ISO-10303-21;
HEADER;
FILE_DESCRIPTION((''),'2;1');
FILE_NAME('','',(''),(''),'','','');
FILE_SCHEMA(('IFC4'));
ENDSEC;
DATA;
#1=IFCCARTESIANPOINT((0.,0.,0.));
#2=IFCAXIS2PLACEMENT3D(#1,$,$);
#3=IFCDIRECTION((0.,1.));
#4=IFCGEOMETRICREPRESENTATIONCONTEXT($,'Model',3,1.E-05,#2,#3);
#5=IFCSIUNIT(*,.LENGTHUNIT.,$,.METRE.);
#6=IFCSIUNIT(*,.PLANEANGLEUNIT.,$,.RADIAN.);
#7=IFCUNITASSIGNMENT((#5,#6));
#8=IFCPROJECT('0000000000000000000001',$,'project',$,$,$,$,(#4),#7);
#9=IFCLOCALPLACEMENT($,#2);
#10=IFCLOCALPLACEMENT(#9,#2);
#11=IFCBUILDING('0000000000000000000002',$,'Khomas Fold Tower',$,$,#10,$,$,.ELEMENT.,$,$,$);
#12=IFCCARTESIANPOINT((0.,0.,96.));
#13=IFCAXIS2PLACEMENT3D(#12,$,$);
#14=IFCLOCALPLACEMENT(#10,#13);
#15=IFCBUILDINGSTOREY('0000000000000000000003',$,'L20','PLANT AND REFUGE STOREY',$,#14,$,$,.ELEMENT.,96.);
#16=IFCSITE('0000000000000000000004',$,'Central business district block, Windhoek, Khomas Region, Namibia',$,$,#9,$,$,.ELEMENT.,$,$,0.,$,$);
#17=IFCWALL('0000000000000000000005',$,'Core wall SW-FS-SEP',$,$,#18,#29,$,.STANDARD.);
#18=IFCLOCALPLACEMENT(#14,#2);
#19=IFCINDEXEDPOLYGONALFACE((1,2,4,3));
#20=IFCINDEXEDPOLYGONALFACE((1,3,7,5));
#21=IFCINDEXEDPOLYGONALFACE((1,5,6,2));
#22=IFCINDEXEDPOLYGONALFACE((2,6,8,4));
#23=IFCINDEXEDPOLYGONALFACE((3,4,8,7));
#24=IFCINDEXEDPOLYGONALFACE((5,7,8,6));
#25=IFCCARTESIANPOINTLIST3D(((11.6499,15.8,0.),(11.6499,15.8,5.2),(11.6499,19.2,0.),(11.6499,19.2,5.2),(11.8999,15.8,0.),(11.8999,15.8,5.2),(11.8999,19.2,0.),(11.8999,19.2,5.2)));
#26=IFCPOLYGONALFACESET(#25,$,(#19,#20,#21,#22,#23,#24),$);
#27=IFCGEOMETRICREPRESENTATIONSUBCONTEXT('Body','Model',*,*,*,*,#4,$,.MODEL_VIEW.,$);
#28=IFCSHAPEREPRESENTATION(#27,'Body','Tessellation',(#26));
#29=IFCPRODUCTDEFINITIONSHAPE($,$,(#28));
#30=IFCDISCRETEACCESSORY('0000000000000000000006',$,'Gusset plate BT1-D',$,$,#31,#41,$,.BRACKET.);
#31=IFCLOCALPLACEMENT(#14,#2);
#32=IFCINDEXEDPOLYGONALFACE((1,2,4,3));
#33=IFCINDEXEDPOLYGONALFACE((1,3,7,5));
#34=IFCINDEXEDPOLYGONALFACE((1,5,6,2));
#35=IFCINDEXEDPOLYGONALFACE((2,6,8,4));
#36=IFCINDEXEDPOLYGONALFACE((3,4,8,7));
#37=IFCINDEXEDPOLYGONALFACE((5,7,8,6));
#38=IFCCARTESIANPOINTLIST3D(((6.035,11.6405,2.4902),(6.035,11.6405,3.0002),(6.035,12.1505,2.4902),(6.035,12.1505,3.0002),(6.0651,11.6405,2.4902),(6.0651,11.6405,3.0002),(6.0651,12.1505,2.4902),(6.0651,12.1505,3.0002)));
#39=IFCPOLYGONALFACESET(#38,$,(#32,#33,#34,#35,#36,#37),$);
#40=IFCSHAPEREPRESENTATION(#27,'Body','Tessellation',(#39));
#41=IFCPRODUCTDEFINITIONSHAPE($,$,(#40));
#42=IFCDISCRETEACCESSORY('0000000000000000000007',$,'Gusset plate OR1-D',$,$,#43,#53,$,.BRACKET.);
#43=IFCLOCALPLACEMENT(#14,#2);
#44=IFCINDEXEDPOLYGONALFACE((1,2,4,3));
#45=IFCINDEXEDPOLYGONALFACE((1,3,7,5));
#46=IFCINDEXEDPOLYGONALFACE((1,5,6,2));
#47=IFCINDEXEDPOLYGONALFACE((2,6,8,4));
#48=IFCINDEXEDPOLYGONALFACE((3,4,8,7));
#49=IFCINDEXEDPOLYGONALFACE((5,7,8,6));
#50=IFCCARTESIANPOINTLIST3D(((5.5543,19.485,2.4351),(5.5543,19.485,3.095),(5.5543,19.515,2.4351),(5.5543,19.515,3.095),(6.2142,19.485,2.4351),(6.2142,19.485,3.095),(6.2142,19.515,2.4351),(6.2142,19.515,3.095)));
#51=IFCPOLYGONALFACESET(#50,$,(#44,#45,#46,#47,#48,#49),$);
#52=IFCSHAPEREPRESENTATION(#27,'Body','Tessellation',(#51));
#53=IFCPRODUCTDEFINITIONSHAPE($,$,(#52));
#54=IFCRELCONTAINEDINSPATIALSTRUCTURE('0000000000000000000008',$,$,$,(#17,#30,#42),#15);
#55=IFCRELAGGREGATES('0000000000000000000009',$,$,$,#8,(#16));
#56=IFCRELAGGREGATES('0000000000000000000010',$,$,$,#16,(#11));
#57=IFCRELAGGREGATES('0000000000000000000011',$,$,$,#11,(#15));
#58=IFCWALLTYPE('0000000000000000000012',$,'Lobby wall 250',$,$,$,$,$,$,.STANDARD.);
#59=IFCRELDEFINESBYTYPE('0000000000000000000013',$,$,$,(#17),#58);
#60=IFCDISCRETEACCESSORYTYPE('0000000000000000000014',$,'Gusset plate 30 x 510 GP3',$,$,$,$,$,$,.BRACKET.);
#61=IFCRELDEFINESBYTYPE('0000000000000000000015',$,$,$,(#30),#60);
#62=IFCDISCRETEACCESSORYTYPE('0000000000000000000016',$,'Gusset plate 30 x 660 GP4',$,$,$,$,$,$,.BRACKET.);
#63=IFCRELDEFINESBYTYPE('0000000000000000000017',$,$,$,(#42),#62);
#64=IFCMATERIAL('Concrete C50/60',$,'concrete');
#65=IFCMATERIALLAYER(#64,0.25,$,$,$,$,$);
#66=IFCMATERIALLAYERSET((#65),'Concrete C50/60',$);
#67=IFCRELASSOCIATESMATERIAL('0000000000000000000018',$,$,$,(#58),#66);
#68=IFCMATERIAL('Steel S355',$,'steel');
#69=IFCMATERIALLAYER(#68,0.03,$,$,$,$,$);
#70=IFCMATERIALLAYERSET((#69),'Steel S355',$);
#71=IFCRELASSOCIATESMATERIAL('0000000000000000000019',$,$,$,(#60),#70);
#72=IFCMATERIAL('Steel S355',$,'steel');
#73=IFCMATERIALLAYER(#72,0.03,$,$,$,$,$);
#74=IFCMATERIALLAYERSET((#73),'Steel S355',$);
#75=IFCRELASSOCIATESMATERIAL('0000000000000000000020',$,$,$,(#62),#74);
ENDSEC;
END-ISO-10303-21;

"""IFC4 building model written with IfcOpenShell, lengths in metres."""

from ifc_helpers import new_model, si_unit, direction, frame, frame_2d, origin, origin_2d, place, context, subcontext, project, spatial, rectangle, extrude, source, transform, mapped, material, layer, layer_set, type_object, element, save


model = new_model("IFC4")

# Units and contexts
model_context = context("Model", 3, precision=1e-05, world=origin(), true_north=direction((0.0, 1.0)))
body_context = subcontext(model_context, "Body", "Model", "MODEL_VIEW")
ifc_project = project(units=[si_unit("LENGTHUNIT", "METRE"), si_unit("PLANEANGLEUNIT", "RADIAN")], contexts=[model_context])

# Site, building, storey
site_placement = place(None, origin())
site = spatial("IfcSite", under=ifc_project, at=site_placement, Name="Central business district block, Windhoek, Khomas Region, Namibia", CompositionType="ELEMENT", RefElevation=0.0)
building_placement = place(site_placement, origin())
building = spatial("IfcBuilding", under=site, at=building_placement, Name="Khomas Fold Tower", CompositionType="ELEMENT")
storey_placement = place(building_placement, frame((0.0, 0.0, 96.0)))
storey = spatial("IfcBuildingStorey", under=building, at=storey_placement, Name="L20", Description="PLANT AND REFUGE STOREY", CompositionType="ELEMENT", Elevation=96.0)

# Wall
ifc_material_1 = material(Name="Concrete C50/60", Category="concrete")
ifc_layer_1 = layer(ifc_material_1, 0.25)
ifc_layer_set_1 = layer_set([ifc_layer_1], Name="Concrete C50/60")
wall_type_1 = type_object("IfcWallType", Name="Lobby wall 250", PredefinedType="STANDARD", material=ifc_layer_set_1)
shared_shape_1 = source(origin(), body_context, "Body", "SweptSolid", [
    extrude(rectangle(XDim=3.3999, YDim=0.25, at=frame_2d((1.7, 0.0))), origin(), (0.0, 0.0, 1.0), 5.2),
])
wall_1_placement = place(storey_placement, frame((11.7749, 15.8, 0.0), z_axis=(0.0, 0.0, 1.0), x_axis=(0.0, 1.0, 0.0)))
element("IfcWall", 1, at=wall_1_placement, inside=storey, type_object=wall_type_1, Name="Core wall SW-FS-SEP", PredefinedType="STANDARD", context=body_context, shape_type="MappedRepresentation", body=[
    mapped(shared_shape_1, transform((0.0, 0.0, 0.0))),
])

# Discrete accessories
ifc_material_2 = material(Name="Steel S355", Category="steel")
ifc_layer_2 = layer(ifc_material_2, 0.03)
ifc_layer_set_2 = layer_set([ifc_layer_2], Name="Steel S355")
discrete_accessory_type_1 = type_object("IfcDiscreteAccessoryType", Name="Gusset plate 30 x 510 GP3", PredefinedType="BRACKET", material=ifc_layer_set_2)
shared_shape_2 = source(origin(), body_context, "Body", "SweptSolid", [
    extrude(rectangle(XDim=0.51, YDim=0.03, at=origin_2d()), origin(), (0.0, 0.0, 1.0), 0.51),
])
discrete_accessory_1_placement = place(storey_placement, frame((6.05, 11.8955, 2.4902), z_axis=(0.0, 0.0, 1.0), x_axis=(0.0, 1.0, 0.0)))
element("IfcDiscreteAccessory", 2, at=discrete_accessory_1_placement, inside=storey, type_object=discrete_accessory_type_1, Name="Gusset plate BT1-D", PredefinedType="BRACKET", context=body_context, shape_type="MappedRepresentation", body=[
    mapped(shared_shape_2, transform((0.0, 0.0, 0.0))),
])
ifc_material_3 = material(Name="Steel S355", Category="steel")
ifc_layer_3 = layer(ifc_material_3, 0.03)
ifc_layer_set_3 = layer_set([ifc_layer_3], Name="Steel S355")
discrete_accessory_type_2 = type_object("IfcDiscreteAccessoryType", Name="Gusset plate 30 x 660 GP4", PredefinedType="BRACKET", material=ifc_layer_set_3)
shared_shape_3 = source(origin(), body_context, "Body", "SweptSolid", [
    extrude(rectangle(XDim=0.6599, YDim=0.03, at=origin_2d()), origin(), (0.0, 0.0, 1.0), 0.6599),
])
discrete_accessory_2_placement = place(storey_placement, frame((5.8843, 19.5, 2.4351), z_axis=(0.0, 0.0, 1.0), x_axis=(1.0, 0.0, 0.0)))
element("IfcDiscreteAccessory", 3, at=discrete_accessory_2_placement, inside=storey, type_object=discrete_accessory_type_2, Name="Gusset plate OR1-D", PredefinedType="BRACKET", context=body_context, shape_type="MappedRepresentation", body=[
    mapped(shared_shape_3, transform((0.0, 0.0, 0.0))),
])

save(model, "model.ifc")
